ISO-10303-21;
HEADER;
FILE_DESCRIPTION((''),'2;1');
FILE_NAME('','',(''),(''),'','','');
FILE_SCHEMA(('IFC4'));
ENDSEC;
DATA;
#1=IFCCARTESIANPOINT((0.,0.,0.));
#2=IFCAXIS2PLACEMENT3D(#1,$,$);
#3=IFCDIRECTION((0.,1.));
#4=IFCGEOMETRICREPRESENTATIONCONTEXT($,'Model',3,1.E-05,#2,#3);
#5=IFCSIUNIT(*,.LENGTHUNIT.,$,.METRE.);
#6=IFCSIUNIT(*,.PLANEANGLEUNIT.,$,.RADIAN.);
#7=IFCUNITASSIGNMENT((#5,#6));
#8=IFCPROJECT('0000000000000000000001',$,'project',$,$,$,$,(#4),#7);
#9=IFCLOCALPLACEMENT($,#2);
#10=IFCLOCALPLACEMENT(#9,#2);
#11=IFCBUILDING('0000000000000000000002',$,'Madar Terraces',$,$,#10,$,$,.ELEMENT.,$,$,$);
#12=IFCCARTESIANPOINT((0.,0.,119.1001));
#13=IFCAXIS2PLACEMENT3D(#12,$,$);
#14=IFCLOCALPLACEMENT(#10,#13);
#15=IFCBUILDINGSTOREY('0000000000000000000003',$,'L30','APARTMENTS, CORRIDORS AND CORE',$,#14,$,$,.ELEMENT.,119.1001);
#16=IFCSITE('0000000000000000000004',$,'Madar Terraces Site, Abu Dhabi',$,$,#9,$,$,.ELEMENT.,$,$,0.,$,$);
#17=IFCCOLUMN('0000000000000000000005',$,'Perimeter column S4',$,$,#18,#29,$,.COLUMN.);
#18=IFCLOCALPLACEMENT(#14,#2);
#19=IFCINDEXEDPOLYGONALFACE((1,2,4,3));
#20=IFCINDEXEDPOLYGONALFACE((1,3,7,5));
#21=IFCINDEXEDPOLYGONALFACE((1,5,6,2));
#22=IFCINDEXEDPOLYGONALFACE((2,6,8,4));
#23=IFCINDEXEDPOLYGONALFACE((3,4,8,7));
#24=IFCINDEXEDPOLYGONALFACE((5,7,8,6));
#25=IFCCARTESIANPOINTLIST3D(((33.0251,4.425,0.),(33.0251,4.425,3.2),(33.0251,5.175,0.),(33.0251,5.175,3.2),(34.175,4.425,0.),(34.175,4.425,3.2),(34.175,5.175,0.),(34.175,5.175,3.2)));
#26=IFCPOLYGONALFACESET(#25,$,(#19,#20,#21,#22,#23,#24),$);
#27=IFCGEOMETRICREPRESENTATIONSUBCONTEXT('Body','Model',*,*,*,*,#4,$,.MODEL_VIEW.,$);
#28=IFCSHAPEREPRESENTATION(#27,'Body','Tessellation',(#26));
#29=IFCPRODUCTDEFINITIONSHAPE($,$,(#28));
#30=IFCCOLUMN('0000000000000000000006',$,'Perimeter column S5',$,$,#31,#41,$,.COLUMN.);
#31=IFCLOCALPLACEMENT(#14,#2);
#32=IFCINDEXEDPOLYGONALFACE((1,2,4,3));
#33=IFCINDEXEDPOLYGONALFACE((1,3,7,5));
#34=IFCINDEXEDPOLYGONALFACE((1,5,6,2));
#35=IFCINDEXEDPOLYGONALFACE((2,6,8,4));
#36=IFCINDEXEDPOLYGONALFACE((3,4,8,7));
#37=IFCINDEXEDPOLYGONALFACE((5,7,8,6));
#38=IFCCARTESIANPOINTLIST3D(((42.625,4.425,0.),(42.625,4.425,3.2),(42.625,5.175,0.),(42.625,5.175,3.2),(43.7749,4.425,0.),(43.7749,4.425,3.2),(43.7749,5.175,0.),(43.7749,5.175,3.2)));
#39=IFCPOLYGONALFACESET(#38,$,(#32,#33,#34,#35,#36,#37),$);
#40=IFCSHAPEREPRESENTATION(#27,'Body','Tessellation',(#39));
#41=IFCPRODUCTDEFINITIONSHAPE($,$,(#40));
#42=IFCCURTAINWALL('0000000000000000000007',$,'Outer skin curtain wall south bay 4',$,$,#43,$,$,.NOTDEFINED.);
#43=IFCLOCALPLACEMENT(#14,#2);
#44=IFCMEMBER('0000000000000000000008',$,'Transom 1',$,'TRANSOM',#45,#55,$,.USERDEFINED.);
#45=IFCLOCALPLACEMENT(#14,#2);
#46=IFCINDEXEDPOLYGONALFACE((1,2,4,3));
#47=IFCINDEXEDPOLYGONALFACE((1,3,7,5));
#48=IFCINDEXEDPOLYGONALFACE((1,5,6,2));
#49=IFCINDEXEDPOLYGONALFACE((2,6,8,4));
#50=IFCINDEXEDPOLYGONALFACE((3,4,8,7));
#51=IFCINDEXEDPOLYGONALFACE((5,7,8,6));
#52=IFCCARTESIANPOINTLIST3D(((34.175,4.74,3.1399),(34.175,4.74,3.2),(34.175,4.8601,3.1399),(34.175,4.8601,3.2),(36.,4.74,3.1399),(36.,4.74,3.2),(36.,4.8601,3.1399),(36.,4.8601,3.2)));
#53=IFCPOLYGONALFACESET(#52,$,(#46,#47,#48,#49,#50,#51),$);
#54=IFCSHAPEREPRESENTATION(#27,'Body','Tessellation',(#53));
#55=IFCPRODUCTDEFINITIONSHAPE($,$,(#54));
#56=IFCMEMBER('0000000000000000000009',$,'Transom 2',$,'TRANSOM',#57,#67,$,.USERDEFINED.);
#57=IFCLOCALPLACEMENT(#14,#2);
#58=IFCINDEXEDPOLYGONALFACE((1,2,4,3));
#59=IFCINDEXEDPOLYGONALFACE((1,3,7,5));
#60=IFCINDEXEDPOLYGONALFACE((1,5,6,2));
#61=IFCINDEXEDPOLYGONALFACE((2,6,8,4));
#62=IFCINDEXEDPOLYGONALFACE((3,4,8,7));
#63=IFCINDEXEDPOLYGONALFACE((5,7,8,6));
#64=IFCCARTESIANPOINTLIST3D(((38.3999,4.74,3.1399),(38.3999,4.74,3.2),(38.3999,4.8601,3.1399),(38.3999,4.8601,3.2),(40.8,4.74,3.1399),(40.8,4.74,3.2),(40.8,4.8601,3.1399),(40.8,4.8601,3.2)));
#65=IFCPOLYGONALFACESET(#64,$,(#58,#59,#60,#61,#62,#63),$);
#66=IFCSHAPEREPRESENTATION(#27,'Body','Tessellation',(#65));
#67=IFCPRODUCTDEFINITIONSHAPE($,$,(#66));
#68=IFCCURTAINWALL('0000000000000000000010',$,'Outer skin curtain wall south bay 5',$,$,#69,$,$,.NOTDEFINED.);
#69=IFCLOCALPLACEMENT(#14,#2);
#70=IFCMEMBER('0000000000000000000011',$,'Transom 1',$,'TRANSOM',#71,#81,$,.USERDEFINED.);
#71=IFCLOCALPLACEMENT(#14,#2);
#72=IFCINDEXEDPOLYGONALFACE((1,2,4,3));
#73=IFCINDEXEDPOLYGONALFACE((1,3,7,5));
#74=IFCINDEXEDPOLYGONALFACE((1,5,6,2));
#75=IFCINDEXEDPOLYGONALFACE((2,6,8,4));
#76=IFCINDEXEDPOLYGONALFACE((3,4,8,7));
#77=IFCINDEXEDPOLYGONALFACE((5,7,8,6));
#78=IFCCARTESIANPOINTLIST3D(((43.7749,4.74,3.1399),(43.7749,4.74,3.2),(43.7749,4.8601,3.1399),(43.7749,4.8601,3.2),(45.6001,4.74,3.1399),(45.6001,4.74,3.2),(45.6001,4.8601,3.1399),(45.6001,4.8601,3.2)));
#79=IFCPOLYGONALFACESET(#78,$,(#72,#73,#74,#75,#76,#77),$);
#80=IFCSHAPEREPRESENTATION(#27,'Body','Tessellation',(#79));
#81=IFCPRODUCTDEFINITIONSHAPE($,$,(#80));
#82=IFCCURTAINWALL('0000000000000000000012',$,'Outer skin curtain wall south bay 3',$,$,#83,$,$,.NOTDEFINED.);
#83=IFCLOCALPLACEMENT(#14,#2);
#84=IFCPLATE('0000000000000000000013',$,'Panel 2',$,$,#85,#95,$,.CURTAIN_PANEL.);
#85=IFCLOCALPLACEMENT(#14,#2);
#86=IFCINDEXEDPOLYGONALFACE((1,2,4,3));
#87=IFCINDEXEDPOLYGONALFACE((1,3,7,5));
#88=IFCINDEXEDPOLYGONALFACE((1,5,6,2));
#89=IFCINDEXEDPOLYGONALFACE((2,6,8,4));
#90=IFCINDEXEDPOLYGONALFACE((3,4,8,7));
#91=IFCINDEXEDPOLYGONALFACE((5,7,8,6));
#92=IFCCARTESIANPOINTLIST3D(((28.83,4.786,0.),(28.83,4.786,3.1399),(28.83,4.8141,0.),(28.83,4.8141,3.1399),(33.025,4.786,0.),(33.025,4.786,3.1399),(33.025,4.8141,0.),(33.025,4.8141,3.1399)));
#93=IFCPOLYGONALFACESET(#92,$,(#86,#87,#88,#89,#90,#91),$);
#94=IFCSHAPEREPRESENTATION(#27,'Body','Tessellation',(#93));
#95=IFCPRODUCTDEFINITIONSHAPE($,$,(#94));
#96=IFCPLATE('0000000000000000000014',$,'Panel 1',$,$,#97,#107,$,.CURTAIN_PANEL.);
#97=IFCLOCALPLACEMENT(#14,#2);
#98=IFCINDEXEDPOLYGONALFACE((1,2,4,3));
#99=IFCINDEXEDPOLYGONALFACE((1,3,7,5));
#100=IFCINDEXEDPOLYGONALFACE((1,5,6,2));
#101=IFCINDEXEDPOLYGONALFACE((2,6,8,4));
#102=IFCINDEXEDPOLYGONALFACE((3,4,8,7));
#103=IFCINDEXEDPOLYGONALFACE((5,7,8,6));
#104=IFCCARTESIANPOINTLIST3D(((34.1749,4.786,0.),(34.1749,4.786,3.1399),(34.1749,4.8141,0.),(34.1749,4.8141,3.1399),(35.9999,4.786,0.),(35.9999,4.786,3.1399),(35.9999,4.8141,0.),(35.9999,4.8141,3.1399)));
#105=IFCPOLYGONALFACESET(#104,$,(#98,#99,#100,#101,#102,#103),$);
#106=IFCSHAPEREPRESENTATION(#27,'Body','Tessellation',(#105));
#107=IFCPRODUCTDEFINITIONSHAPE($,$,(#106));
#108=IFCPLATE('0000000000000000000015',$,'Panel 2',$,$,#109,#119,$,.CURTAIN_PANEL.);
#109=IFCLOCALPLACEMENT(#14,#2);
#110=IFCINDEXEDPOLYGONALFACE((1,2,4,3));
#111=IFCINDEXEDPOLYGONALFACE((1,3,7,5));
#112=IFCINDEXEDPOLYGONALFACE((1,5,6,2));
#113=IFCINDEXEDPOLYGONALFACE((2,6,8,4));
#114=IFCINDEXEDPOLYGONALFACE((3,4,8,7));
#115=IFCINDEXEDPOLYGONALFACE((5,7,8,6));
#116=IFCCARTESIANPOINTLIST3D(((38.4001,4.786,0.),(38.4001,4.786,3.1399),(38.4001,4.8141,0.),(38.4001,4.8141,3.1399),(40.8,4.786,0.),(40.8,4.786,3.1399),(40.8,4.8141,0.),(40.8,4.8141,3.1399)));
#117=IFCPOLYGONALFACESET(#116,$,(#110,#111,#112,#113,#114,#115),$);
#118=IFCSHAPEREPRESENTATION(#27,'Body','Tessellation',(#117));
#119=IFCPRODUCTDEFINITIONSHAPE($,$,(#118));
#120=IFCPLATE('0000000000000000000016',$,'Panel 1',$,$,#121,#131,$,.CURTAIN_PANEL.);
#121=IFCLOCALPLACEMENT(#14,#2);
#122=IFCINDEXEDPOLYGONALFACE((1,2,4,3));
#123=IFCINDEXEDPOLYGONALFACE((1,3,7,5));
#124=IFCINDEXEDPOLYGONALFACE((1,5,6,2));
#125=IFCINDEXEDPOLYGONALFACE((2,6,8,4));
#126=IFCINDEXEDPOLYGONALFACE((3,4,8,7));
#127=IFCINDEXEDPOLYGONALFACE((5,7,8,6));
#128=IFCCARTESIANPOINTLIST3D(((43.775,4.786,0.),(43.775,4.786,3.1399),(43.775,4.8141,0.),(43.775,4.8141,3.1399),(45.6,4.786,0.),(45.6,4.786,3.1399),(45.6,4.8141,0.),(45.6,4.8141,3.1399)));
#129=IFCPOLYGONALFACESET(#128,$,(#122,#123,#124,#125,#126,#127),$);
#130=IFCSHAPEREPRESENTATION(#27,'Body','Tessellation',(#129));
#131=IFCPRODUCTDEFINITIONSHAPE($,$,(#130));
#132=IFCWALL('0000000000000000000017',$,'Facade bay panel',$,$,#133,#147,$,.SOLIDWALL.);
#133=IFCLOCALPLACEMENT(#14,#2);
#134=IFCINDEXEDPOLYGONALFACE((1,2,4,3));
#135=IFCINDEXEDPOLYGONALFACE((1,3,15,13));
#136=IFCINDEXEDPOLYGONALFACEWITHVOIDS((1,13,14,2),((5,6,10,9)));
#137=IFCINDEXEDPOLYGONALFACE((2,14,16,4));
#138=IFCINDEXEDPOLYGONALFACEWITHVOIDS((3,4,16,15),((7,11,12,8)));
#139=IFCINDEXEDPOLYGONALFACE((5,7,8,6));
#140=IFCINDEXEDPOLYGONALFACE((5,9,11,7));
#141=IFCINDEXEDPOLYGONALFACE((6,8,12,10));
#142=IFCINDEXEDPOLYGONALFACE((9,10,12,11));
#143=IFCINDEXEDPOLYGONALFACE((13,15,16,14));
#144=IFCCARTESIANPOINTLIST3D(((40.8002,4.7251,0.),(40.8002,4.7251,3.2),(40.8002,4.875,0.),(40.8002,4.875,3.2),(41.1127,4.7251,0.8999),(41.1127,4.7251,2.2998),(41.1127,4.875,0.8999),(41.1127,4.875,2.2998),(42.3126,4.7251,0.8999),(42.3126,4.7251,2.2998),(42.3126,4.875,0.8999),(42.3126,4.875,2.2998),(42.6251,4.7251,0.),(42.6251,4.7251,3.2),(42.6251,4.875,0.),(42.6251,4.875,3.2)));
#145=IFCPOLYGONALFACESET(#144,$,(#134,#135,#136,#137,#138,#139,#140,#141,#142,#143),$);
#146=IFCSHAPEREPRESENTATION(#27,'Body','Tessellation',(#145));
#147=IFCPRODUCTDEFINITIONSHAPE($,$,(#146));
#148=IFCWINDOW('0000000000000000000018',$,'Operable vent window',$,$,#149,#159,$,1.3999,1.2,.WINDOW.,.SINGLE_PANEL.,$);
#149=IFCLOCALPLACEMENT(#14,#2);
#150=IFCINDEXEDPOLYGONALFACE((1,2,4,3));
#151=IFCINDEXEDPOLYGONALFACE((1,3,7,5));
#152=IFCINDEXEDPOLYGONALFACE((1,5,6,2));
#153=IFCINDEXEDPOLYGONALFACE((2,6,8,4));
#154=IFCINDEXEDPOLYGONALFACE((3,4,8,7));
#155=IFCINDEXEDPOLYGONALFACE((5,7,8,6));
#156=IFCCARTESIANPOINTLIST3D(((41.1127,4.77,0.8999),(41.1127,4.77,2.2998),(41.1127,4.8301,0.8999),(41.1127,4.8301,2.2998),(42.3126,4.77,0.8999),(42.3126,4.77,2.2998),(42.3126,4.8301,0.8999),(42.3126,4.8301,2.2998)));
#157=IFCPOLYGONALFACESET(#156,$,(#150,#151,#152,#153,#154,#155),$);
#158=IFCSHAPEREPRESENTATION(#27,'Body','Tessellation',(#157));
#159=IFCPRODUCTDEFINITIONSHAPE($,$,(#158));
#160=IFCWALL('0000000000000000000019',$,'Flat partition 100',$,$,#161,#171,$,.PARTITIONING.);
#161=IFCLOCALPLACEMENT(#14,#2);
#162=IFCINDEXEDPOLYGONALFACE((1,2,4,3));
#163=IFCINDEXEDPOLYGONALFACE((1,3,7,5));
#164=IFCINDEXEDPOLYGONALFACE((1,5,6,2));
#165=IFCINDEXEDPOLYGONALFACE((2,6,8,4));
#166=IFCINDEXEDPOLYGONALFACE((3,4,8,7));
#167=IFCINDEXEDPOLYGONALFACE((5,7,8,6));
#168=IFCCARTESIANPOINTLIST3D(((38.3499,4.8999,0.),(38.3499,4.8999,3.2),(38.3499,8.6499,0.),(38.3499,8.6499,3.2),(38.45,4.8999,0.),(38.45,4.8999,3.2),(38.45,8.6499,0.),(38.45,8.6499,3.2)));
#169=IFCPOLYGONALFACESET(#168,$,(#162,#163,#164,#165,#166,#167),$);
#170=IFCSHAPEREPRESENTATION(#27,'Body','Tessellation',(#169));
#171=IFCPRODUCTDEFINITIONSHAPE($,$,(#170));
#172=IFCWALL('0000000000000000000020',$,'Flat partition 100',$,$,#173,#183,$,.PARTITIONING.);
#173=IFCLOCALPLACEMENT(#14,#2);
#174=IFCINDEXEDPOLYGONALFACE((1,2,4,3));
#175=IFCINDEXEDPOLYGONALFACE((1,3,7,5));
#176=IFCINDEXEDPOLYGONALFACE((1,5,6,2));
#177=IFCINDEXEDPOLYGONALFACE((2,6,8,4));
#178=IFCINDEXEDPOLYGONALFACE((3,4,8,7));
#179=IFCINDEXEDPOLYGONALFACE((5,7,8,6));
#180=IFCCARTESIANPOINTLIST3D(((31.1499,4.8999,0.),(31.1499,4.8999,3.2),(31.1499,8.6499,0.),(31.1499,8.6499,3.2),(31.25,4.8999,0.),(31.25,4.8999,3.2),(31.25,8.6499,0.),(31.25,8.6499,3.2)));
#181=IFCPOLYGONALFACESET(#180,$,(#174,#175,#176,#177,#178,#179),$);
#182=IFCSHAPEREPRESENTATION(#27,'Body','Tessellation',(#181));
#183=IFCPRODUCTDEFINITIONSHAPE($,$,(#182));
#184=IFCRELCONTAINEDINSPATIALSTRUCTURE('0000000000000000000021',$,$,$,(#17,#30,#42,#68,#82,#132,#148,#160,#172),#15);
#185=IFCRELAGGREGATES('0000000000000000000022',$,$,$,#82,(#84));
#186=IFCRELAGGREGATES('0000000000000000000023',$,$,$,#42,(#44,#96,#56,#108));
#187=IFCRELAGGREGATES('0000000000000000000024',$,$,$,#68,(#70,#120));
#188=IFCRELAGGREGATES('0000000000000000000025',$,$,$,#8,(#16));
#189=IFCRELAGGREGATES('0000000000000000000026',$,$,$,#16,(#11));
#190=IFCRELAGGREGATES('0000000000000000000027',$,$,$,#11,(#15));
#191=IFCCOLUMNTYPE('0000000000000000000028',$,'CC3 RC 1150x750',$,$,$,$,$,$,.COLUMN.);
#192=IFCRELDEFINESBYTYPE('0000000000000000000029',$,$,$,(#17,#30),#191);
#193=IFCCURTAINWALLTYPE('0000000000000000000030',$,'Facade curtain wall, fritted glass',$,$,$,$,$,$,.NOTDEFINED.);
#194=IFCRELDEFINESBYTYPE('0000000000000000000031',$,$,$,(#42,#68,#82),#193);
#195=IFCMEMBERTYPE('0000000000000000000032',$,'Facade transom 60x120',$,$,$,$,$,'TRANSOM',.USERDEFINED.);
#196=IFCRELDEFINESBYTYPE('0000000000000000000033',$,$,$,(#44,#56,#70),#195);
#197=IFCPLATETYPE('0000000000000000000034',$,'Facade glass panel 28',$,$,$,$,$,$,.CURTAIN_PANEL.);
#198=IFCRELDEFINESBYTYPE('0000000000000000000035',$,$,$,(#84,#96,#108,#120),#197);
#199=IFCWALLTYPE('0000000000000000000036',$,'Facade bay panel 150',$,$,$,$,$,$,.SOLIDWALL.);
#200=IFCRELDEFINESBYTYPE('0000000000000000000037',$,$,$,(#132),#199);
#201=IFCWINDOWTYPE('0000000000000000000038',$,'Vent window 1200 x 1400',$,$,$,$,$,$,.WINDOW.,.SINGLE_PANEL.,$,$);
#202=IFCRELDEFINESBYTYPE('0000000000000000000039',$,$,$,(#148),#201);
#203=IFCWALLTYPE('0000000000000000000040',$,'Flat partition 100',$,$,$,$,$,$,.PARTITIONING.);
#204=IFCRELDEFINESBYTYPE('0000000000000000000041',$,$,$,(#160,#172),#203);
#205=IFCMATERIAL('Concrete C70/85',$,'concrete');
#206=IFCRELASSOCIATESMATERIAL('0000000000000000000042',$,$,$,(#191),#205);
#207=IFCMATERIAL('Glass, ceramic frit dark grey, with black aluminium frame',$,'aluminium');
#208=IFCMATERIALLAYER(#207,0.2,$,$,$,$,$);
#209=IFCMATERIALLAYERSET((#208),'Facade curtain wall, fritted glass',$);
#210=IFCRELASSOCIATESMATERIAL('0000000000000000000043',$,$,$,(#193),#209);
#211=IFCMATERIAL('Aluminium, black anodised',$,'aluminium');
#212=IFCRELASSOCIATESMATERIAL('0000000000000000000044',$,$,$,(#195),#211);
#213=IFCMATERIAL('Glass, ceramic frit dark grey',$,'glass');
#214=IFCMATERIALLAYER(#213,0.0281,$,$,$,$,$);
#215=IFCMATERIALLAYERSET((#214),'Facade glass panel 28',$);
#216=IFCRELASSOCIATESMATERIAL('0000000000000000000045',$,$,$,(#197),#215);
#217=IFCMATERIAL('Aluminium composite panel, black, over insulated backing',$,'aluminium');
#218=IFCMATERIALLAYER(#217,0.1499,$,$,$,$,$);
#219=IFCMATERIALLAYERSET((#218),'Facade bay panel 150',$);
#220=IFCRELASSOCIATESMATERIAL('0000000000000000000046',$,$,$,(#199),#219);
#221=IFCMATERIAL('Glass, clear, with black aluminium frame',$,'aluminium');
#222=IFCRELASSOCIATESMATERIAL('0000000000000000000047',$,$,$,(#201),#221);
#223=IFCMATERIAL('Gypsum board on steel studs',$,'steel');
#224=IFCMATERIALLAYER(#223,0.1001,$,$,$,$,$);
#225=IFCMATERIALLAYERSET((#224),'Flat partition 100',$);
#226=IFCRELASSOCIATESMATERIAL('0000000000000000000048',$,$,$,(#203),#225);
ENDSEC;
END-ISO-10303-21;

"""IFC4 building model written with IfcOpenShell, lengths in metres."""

from ifc_helpers import new_model, si_unit, direction, frame, frame_2d, origin, origin_2d, place, context, subcontext, project, spatial, rectangle, extrude, material, layer, layer_set, material_profile, profile_set, type_object, element, fill, aggregate, save


model = new_model("IFC4")

# Units and contexts
model_context = context("Model", 3, precision=1e-05, world=origin(), true_north=direction((0.0, 1.0)))
body_context = subcontext(model_context, "Body", "Model", "MODEL_VIEW")
ifc_project = project(units=[si_unit("LENGTHUNIT", "METRE"), si_unit("PLANEANGLEUNIT", "RADIAN")], contexts=[model_context])

# Site, building, storey
site_placement = place(None, origin())
site = spatial("IfcSite", under=ifc_project, at=site_placement, Name="Madar Terraces Site, Abu Dhabi", CompositionType="ELEMENT", RefElevation=0.0)
building_placement = place(site_placement, origin())
building = spatial("IfcBuilding", under=site, at=building_placement, Name="Madar Terraces", CompositionType="ELEMENT")
storey_placement = place(building_placement, frame((0.0, 0.0, 119.1001)))
storey = spatial("IfcBuildingStorey", under=building, at=storey_placement, Name="L30", Description="APARTMENTS, CORRIDORS AND CORE", CompositionType="ELEMENT", Elevation=119.1001)

# Columns
ifc_material_1 = material(Name="Concrete C70/85", Category="concrete")
ifc_material_profile_1 = material_profile(ifc_material_1, rectangle(XDim=1.1499, YDim=0.75, at=origin_2d()), Name="CC3 RC 1150x750")
ifc_profile_set_1 = profile_set([ifc_material_profile_1], Name="Concrete C70/85")
column_type = type_object("IfcColumnType", Name="CC3 RC 1150x750", PredefinedType="COLUMN", material=ifc_profile_set_1)
for number, where, z_axis, x_axis, name in (
    (1, (33.6001, 4.8, 0.0), (0.0, 0.0, 1.0), (1.0, 0.0, 0.0), "Perimeter column S4"),
    (2, (43.2, 4.8, 0.0), (0.0, 0.0, 1.0), (1.0, 0.0, 0.0), "Perimeter column S5"),
):
    element("IfcColumn", number, at=place(storey_placement, frame(where, z_axis=z_axis, x_axis=x_axis)), inside=storey, type_object=column_type, Name=name, PredefinedType="COLUMN", context=body_context, shape_type="SweptSolid", body=[
        extrude(rectangle(XDim=1.1499, YDim=0.75, at=origin_2d()), origin(), (0.0, 0.0, 1.0), 3.2),
    ])

# Curtain wall, members
ifc_material_2 = material(Name="Glass, ceramic frit dark grey, with black aluminium frame", Category="aluminium")
ifc_layer_1 = layer(ifc_material_2, 0.2)
ifc_layer_set_1 = layer_set([ifc_layer_1], Name="Facade curtain wall, fritted glass")
curtain_wall_type = type_object("IfcCurtainWallType", Name="Facade curtain wall, fritted glass", PredefinedType="NOTDEFINED", material=ifc_layer_set_1)
curtain_wall_1_placement = place(storey_placement, origin())
curtain_wall_1 = element("IfcCurtainWall", 3, at=curtain_wall_1_placement, inside=storey, type_object=curtain_wall_type, Name="Outer skin curtain wall south bay 4", PredefinedType="NOTDEFINED")
ifc_material_3 = material(Name="Aluminium, black anodised", Category="aluminium")
ifc_material_profile_2 = material_profile(ifc_material_3, rectangle(XDim=0.1201, YDim=0.0601, at=origin_2d()), Name="Facade transom 60x120")
ifc_profile_set_2 = profile_set([ifc_material_profile_2], Name="Aluminium, black anodised")
member_type = type_object("IfcMemberType", Name="Facade transom 60x120", ElementType="TRANSOM", PredefinedType="USERDEFINED", material=ifc_profile_set_2)
member_1_placement = place(storey_placement, frame((34.175, 4.8, 3.1699), z_axis=(1.0, 0.0, 0.0), x_axis=(0.0, 1.0, 0.0)))
member_1 = element("IfcMember", 4, at=member_1_placement, type_object=member_type, Name="Transom 1", ObjectType="TRANSOM", PredefinedType="USERDEFINED", context=body_context, shape_type="SweptSolid", body=[
    extrude(rectangle(XDim=0.1201, YDim=0.0601, at=origin_2d()), origin(), (0.0, 0.0, 1.0), 1.825),
])
member_2_placement = place(storey_placement, frame((38.3999, 4.8, 3.1699), z_axis=(1.0, 0.0, 0.0), x_axis=(0.0, 1.0, 0.0)))
member_2 = element("IfcMember", 5, at=member_2_placement, type_object=member_type, Name="Transom 2", ObjectType="TRANSOM", PredefinedType="USERDEFINED", context=body_context, shape_type="SweptSolid", body=[
    extrude(rectangle(XDim=0.1201, YDim=0.0601, at=origin_2d()), origin(), (0.0, 0.0, 1.0), 2.4001),
])

# Curtain wall, member
curtain_wall_2_placement = place(storey_placement, origin())
curtain_wall_2 = element("IfcCurtainWall", 6, at=curtain_wall_2_placement, inside=storey, type_object=curtain_wall_type, Name="Outer skin curtain wall south bay 5", PredefinedType="NOTDEFINED")
member_3_placement = place(storey_placement, frame((43.7749, 4.8, 3.1699), z_axis=(1.0, 0.0, 0.0), x_axis=(0.0, 1.0, 0.0)))
member_3 = element("IfcMember", 7, at=member_3_placement, type_object=member_type, Name="Transom 1", ObjectType="TRANSOM", PredefinedType="USERDEFINED", context=body_context, shape_type="SweptSolid", body=[
    extrude(rectangle(XDim=0.1201, YDim=0.0601, at=origin_2d()), origin(), (0.0, 0.0, 1.0), 1.8252),
])

# Curtain wall, plate
curtain_wall_3_placement = place(storey_placement, origin())
curtain_wall_3 = element("IfcCurtainWall", 8, at=curtain_wall_3_placement, inside=storey, type_object=curtain_wall_type, Name="Outer skin curtain wall south bay 3", PredefinedType="NOTDEFINED")
ifc_material_4 = material(Name="Glass, ceramic frit dark grey", Category="glass")
ifc_layer_2 = layer(ifc_material_4, 0.0281)
ifc_layer_set_2 = layer_set([ifc_layer_2], Name="Facade glass panel 28")
plate_type = type_object("IfcPlateType", Name="Facade glass panel 28", PredefinedType="CURTAIN_PANEL", material=ifc_layer_set_2)
plate_1_placement = place(storey_placement, frame((30.9275, 4.8, 0.0), z_axis=(0.0, 0.0, 1.0), x_axis=(1.0, 0.0, 0.0)))
plate_1 = element("IfcPlate", 9, at=plate_1_placement, type_object=plate_type, Name="Panel 2", PredefinedType="CURTAIN_PANEL", context=body_context, shape_type="SweptSolid", body=[
    extrude(rectangle(XDim=4.1951, YDim=0.0281, at=origin_2d()), origin(), (0.0, 0.0, 1.0), 3.1399),
])
aggregate(curtain_wall_3, [plate_1])

# Plates
plate_2_placement = place(storey_placement, frame((35.0874, 4.8, 0.0), z_axis=(0.0, 0.0, 1.0), x_axis=(1.0, 0.0, 0.0)))
plate_2 = element("IfcPlate", 10, at=plate_2_placement, type_object=plate_type, Name="Panel 1", PredefinedType="CURTAIN_PANEL", context=body_context, shape_type="SweptSolid", body=[
    extrude(rectangle(XDim=1.825, YDim=0.0281, at=origin_2d()), origin(), (0.0, 0.0, 1.0), 3.1399),
])
plate_3_placement = place(storey_placement, frame((39.6001, 4.8, 0.0), z_axis=(0.0, 0.0, 1.0), x_axis=(1.0, 0.0, 0.0)))
plate_3 = element("IfcPlate", 11, at=plate_3_placement, type_object=plate_type, Name="Panel 2", PredefinedType="CURTAIN_PANEL", context=body_context, shape_type="SweptSolid", body=[
    extrude(rectangle(XDim=2.3999, YDim=0.0281, at=origin_2d()), origin(), (0.0, 0.0, 1.0), 3.1399),
])
aggregate(curtain_wall_1, [member_1, plate_2, member_2, plate_3])
plate_4_placement = place(storey_placement, frame((44.6875, 4.8, 0.0), z_axis=(0.0, 0.0, 1.0), x_axis=(1.0, 0.0, 0.0)))
plate_4 = element("IfcPlate", 12, at=plate_4_placement, type_object=plate_type, Name="Panel 1", PredefinedType="CURTAIN_PANEL", context=body_context, shape_type="SweptSolid", body=[
    extrude(rectangle(XDim=1.825, YDim=0.0281, at=origin_2d()), origin(), (0.0, 0.0, 1.0), 3.1399),
])
aggregate(curtain_wall_2, [member_3, plate_4])

# Shared definitions
ifc_material_5 = material(Name="Aluminium composite panel, black, over insulated backing", Category="aluminium")
ifc_layer_3 = layer(ifc_material_5, 0.1499)
ifc_layer_set_3 = layer_set([ifc_layer_3], Name="Facade bay panel 150")
wall_type_1 = type_object("IfcWallType", Name="Facade bay panel 150", PredefinedType="SOLIDWALL", material=ifc_layer_set_3)

# Wall, opening, window
wall_1_placement = place(storey_placement, frame((40.8, 4.8, 0.0), z_axis=(0.0, 0.0, 1.0), x_axis=(1.0, 0.0, 0.0)))
wall_1 = element("IfcWall", 13, at=wall_1_placement, inside=storey, type_object=wall_type_1, Name="Facade bay panel", PredefinedType="SOLIDWALL", context=body_context, shape_type="SweptSolid", body=[
    extrude(rectangle(XDim=1.825, YDim=0.1499, at=frame_2d((0.9126, 0.0))), origin(), (0.0, 0.0, 1.0), 3.2),
])
opening_1_placement = place(wall_1_placement, frame((0.3125, 0.0, 0.8999)))
opening_1 = element("IfcOpeningElement", 14, at=opening_1_placement, cuts=wall_1, PredefinedType="OPENING", context=body_context, shape_type="SweptSolid", body=[
    extrude(rectangle(XDim=1.2, YDim=1.3999, at=frame_2d((0.6001, 0.7))), frame((0.0, 0.085, 0.0), z_axis=(0.0, -1.0, 0.0), x_axis=(1.0, 0.0, 0.0)), (0.0, 0.0, 1.0), 0.1699),
])
ifc_material_6 = material(Name="Glass, clear, with black aluminium frame", Category="aluminium")
window_type = type_object("IfcWindowType", Name="Vent window 1200 x 1400", PartitioningType="SINGLE_PANEL", PredefinedType="WINDOW", material=ifc_material_6)
window_placement = place(opening_1_placement, origin())
window = element("IfcWindow", 15, at=window_placement, inside=storey, type_object=window_type, Name="Operable vent window", OverallHeight=1.3999, OverallWidth=1.2, PartitioningType="SINGLE_PANEL", PredefinedType="WINDOW", context=body_context, shape_type="SweptSolid", body=[
    extrude(rectangle(XDim=1.2, YDim=1.3999, at=frame_2d((0.6001, 0.7))), frame((0.0, 0.03, 0.0), z_axis=(0.0, -1.0, 0.0), x_axis=(1.0, 0.0, 0.0)), (0.0, 0.0, 1.0), 0.0601),
])
fill(opening_1, window)

# Walls
ifc_material_7 = material(Name="Gypsum board on steel studs", Category="steel")
ifc_layer_4 = layer(ifc_material_7, 0.1001)
ifc_layer_set_4 = layer_set([ifc_layer_4], Name="Flat partition 100")
wall_type_2 = type_object("IfcWallType", Name="Flat partition 100", PredefinedType="PARTITIONING", material=ifc_layer_set_4)
for number, where, z_axis, x_axis, name in (
    (16, (38.3999, 8.6499, 0.0), (0.0, 0.0, 1.0), (0.0, -1.0, 0.0), "Flat partition 100"),
    (17, (31.2, 8.6499, 0.0), (0.0, 0.0, 1.0), (0.0, -1.0, 0.0), "Flat partition 100"),
):
    element("IfcWall", number, at=place(storey_placement, frame(where, z_axis=z_axis, x_axis=x_axis)), inside=storey, type_object=wall_type_2, Name=name, PredefinedType="PARTITIONING", context=body_context, shape_type="SweptSolid", body=[
        extrude(rectangle(XDim=3.75, YDim=0.1001, at=frame_2d((1.875, 0.0))), origin(), (0.0, 0.0, 1.0), 3.2),
    ])

save(model, "model.ifc")
